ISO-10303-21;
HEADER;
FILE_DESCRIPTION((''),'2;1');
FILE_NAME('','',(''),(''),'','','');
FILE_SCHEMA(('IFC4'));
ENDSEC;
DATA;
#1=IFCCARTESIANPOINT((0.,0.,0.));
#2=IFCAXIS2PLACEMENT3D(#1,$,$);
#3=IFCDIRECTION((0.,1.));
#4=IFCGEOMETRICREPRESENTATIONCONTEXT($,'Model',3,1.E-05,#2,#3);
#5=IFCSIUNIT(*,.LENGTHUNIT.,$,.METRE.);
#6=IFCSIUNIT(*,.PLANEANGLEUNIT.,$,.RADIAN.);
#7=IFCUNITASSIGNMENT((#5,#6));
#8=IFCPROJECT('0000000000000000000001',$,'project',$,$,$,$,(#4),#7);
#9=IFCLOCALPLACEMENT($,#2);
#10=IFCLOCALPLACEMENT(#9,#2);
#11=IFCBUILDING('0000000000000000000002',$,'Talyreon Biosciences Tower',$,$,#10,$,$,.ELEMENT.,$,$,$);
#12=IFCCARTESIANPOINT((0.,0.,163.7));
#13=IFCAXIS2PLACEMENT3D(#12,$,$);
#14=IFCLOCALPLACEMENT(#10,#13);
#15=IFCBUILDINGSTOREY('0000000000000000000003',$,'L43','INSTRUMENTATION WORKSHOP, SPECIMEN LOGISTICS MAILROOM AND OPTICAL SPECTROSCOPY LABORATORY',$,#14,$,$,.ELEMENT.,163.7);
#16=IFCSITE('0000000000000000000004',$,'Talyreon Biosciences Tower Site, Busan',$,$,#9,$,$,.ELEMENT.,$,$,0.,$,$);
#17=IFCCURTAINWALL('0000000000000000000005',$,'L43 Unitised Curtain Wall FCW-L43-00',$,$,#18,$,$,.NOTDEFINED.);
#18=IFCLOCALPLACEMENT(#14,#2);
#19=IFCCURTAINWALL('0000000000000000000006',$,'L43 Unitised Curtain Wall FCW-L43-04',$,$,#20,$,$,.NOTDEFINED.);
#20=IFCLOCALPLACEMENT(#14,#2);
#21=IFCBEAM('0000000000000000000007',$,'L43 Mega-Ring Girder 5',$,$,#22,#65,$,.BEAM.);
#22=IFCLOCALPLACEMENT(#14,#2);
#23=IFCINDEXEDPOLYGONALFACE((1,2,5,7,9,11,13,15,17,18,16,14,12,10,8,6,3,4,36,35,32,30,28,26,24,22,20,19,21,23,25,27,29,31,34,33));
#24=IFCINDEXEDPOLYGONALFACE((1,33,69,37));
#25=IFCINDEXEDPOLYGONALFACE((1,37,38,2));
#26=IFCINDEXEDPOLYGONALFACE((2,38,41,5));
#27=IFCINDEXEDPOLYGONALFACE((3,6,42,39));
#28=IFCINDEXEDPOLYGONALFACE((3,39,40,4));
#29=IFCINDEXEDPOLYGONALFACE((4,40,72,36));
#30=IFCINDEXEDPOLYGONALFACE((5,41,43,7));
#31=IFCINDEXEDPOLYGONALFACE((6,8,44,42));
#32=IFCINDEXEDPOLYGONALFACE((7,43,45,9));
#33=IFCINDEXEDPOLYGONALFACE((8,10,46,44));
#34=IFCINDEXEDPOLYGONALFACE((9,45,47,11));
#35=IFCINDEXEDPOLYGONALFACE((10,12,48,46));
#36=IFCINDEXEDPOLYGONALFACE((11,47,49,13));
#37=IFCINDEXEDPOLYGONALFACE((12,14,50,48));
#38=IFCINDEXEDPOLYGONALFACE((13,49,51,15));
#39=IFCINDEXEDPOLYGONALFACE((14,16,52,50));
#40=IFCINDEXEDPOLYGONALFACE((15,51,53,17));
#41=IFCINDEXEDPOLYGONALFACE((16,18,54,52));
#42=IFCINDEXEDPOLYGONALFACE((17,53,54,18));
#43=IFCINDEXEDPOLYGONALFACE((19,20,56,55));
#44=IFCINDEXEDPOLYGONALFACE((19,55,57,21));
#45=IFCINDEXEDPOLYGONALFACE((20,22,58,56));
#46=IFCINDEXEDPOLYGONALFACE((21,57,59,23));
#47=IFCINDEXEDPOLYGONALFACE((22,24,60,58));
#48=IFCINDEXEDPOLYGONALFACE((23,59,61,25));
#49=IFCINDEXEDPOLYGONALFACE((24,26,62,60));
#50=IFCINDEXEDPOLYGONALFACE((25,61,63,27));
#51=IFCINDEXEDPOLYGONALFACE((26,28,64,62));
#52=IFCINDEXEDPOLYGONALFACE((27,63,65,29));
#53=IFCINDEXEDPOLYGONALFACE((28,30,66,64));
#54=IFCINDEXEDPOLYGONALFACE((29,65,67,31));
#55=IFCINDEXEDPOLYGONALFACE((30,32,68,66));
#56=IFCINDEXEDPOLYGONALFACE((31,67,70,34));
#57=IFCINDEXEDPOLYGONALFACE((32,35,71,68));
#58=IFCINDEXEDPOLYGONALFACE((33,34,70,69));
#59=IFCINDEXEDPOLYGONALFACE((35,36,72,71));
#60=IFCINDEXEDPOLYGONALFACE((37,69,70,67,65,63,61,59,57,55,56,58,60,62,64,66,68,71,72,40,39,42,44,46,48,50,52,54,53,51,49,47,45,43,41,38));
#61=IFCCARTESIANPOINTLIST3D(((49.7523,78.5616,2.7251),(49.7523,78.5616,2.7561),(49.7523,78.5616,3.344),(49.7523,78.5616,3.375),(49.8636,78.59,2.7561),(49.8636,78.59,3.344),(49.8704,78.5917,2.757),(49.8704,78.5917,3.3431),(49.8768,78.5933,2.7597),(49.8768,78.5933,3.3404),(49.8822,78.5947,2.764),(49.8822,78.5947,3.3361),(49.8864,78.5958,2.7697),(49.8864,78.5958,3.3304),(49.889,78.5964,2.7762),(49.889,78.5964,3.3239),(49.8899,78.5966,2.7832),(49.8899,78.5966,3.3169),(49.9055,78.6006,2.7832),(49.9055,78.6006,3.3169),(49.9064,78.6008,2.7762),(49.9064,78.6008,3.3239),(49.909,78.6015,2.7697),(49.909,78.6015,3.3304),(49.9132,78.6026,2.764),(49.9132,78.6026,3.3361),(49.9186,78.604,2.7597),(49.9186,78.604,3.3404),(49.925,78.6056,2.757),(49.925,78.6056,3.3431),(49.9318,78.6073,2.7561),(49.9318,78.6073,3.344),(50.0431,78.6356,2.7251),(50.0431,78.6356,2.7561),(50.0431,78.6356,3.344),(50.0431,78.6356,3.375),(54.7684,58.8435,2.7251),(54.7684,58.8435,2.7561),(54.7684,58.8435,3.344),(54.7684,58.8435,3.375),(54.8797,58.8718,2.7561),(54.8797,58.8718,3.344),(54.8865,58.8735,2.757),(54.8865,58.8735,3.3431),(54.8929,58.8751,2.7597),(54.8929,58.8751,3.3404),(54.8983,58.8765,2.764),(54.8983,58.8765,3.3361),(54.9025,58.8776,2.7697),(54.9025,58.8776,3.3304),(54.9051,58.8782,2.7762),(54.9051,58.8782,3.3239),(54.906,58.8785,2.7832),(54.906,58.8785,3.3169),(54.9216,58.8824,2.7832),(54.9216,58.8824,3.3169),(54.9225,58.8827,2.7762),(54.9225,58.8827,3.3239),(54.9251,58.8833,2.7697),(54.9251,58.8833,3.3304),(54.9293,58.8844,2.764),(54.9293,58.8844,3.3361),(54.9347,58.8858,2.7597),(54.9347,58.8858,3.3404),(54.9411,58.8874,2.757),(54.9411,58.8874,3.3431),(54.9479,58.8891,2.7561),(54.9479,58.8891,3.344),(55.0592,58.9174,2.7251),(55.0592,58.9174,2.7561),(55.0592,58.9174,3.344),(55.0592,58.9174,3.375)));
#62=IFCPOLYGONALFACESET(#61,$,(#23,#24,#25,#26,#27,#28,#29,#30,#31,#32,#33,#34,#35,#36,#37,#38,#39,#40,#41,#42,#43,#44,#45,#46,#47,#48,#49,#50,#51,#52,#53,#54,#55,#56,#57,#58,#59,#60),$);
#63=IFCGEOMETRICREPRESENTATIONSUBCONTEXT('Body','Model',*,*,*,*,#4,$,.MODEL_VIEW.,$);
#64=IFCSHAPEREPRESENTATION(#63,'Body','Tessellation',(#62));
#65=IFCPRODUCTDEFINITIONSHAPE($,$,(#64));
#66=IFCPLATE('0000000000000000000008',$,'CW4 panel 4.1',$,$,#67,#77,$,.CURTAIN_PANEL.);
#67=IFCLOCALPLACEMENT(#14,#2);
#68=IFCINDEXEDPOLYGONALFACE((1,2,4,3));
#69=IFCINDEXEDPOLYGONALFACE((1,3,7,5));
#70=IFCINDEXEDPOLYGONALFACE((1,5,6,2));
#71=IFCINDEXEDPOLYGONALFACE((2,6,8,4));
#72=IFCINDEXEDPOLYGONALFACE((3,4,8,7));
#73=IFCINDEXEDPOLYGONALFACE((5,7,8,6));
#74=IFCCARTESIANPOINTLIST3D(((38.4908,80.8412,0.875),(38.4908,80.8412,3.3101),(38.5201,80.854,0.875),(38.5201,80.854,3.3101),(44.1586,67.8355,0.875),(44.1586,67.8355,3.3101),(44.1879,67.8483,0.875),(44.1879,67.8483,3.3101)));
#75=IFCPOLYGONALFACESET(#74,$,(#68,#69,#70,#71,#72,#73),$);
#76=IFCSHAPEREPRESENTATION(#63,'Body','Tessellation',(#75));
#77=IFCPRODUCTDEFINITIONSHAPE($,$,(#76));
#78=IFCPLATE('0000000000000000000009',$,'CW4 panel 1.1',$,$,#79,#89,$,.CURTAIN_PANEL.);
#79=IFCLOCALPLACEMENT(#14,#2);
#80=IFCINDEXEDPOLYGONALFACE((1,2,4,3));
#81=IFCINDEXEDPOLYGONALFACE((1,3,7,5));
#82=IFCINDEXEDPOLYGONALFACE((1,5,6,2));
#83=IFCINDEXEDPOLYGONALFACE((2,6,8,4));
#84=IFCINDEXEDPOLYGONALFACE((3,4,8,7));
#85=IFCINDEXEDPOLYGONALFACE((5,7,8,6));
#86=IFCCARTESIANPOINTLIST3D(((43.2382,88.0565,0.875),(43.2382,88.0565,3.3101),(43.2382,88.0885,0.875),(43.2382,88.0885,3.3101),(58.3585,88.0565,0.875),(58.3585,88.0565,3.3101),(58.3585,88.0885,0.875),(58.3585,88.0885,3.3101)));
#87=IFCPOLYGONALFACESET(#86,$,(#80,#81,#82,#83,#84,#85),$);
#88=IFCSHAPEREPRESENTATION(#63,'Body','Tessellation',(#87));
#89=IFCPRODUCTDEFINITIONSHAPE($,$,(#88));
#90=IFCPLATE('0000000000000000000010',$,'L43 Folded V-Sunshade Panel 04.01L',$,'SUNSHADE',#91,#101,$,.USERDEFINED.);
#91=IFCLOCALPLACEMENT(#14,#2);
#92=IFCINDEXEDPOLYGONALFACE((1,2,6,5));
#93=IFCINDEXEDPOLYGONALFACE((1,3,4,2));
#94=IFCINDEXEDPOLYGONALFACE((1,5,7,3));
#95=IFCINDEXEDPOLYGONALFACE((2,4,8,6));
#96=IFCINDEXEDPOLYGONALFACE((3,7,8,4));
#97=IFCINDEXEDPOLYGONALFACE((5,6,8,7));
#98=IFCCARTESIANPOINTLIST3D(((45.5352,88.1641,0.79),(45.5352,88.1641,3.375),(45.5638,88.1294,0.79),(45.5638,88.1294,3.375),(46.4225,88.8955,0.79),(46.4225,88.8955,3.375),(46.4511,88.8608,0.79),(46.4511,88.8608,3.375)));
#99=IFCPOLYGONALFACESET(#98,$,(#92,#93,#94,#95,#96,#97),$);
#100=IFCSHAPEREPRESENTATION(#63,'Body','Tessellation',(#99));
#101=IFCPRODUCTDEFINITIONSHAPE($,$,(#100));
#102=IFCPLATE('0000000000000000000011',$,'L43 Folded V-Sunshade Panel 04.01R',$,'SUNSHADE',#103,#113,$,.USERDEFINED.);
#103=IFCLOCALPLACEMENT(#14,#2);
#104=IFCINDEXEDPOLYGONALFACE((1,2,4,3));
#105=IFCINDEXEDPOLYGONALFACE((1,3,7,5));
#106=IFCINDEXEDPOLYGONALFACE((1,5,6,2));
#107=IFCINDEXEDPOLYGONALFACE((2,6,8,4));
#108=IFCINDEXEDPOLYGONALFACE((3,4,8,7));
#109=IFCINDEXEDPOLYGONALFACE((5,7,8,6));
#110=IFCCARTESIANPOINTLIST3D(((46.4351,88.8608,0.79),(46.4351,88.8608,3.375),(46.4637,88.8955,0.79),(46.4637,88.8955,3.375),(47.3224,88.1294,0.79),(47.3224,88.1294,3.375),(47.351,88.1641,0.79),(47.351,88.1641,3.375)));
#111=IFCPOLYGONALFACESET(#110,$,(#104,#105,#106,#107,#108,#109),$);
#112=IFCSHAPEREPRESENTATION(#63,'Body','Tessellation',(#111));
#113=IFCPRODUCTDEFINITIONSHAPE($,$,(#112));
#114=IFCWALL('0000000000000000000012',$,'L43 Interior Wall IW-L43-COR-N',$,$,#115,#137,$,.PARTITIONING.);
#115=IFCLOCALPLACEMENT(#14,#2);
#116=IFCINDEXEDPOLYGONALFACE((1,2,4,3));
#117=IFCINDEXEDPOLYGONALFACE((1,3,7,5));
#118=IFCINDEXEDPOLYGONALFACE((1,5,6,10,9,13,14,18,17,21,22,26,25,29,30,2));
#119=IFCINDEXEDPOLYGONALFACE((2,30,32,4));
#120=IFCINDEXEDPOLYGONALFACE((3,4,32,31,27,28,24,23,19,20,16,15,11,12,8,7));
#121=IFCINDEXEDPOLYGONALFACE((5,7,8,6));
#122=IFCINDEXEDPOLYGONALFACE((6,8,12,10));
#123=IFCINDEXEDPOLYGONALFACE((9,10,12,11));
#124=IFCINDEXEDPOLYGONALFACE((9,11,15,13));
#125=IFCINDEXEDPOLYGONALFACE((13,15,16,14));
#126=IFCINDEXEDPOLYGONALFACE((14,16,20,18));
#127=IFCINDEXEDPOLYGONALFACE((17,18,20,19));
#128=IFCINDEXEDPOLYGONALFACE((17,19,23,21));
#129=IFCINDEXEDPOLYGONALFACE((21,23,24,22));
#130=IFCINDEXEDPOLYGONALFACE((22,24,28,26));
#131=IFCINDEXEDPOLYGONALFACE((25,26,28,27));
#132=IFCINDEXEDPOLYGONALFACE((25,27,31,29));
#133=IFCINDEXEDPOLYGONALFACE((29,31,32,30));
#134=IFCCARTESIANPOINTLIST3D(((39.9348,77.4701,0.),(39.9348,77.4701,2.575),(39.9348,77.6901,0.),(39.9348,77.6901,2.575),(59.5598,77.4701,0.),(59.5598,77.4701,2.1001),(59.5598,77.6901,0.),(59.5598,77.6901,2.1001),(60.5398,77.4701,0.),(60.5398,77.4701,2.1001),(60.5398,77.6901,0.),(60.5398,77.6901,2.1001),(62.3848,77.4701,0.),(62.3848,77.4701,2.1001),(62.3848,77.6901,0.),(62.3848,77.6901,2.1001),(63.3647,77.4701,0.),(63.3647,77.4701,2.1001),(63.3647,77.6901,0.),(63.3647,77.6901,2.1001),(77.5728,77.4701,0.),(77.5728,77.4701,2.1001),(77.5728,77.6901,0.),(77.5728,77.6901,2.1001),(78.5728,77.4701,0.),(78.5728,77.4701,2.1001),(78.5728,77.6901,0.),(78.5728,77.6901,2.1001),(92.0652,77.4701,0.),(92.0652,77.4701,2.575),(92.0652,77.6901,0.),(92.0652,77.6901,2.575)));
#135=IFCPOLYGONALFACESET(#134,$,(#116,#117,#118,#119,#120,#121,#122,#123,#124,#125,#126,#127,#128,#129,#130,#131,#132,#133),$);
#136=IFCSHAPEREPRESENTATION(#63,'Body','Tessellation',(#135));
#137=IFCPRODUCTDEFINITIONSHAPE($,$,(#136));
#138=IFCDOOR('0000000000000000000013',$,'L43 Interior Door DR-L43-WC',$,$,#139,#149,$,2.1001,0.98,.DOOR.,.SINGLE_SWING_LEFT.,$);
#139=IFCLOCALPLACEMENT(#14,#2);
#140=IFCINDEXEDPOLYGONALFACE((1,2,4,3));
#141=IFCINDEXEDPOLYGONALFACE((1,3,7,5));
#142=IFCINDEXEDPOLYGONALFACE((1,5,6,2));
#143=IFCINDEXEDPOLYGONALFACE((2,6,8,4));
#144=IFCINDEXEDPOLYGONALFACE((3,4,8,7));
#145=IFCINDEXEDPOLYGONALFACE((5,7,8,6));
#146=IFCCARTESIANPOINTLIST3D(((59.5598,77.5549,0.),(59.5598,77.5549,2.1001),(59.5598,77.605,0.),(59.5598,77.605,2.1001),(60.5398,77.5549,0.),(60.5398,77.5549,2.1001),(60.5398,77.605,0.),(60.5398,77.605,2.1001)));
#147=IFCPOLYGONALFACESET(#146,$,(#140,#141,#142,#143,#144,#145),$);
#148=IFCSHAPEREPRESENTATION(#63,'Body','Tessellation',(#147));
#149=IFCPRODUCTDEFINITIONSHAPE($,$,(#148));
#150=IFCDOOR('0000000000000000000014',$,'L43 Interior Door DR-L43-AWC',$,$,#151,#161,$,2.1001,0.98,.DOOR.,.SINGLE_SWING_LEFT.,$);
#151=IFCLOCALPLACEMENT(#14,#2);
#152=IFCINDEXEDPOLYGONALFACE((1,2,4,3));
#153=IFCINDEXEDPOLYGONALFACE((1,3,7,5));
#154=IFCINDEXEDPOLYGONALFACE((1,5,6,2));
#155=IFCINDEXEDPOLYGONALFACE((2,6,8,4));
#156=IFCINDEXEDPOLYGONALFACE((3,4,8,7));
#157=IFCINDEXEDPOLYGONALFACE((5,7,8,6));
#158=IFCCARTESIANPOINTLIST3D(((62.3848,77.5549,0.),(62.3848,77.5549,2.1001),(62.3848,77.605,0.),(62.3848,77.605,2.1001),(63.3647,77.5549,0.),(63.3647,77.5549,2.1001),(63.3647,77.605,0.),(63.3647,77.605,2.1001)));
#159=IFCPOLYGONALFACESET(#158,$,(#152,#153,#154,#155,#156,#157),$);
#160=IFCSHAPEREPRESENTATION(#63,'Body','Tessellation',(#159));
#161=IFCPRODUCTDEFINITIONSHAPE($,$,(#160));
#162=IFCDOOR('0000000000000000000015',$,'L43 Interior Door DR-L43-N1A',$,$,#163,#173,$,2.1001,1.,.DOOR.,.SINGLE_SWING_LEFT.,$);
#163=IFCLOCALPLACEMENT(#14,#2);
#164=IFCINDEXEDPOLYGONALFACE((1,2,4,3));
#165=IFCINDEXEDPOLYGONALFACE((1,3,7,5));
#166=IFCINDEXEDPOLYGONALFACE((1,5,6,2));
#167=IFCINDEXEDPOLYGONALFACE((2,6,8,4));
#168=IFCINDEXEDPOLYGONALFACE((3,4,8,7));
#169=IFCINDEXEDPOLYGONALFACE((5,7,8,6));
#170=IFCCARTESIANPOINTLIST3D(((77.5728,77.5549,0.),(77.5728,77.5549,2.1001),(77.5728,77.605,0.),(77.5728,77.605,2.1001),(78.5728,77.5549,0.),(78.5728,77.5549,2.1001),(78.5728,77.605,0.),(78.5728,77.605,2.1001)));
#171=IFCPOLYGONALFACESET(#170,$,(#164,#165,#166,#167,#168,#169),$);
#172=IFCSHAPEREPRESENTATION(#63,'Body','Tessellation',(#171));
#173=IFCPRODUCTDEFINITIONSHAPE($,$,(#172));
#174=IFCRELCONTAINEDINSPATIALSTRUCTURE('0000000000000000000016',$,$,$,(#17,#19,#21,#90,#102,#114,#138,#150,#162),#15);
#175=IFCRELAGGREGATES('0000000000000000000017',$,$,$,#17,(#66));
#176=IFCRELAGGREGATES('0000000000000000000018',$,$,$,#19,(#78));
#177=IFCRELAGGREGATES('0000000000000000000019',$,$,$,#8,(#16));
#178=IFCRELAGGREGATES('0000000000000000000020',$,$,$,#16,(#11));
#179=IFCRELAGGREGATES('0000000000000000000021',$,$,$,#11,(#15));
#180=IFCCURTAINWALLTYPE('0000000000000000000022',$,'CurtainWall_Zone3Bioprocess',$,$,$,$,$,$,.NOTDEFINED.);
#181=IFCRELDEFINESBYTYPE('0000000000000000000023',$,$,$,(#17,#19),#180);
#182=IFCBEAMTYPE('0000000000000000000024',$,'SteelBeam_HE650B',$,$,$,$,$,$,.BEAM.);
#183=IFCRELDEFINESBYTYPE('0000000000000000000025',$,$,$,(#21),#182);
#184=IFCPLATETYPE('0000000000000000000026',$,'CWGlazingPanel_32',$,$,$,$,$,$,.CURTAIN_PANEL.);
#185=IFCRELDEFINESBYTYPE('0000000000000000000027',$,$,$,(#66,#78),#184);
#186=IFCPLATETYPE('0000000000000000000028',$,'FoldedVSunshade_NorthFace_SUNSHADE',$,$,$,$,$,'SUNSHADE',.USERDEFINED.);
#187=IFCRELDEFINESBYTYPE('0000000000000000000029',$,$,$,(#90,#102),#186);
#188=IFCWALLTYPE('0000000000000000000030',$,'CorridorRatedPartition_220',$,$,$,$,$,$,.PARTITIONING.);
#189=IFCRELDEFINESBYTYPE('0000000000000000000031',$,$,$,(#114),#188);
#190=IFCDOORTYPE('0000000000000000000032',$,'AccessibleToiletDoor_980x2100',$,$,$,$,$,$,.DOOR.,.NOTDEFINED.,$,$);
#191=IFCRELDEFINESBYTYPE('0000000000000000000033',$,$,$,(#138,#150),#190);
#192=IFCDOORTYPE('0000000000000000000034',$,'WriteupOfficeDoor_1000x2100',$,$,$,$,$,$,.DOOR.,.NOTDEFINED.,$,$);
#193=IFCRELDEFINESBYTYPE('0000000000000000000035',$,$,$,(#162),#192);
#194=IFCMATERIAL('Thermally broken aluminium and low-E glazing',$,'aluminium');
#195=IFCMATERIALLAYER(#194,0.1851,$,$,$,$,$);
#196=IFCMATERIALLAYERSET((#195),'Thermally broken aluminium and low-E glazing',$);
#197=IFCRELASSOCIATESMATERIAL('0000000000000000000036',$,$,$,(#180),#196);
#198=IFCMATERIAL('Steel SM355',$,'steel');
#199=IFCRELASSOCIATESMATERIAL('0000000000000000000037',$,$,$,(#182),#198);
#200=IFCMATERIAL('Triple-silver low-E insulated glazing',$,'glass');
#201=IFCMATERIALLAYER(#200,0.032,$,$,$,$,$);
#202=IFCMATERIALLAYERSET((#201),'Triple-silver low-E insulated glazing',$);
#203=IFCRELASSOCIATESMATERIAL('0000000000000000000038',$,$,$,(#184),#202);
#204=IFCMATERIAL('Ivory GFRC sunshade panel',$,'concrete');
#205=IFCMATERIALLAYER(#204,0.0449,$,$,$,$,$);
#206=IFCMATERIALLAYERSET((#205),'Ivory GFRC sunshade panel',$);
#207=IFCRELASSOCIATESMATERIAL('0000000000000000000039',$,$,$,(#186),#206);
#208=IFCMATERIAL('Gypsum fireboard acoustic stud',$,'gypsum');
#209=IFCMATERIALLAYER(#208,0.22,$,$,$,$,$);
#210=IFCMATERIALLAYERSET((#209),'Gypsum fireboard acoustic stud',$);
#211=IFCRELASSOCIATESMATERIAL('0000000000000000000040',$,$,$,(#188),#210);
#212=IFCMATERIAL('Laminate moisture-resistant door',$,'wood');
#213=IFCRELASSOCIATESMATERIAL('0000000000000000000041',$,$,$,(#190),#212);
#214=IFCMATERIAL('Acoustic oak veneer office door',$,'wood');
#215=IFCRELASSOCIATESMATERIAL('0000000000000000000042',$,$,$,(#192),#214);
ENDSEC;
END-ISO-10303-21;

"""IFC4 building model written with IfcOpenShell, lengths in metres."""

from ifc_helpers import new_model, si_unit, direction, frame, frame_2d, origin, origin_2d, place, context, subcontext, project, spatial, rectangle, i_section, extrude, material, layer, layer_set, material_profile, profile_set, type_object, element, fill, aggregate, save


model = new_model("IFC4")

# Units and contexts
model_context = context("Model", 3, precision=1e-05, world=origin(), true_north=direction((0.0, 1.0)))
body_context = subcontext(model_context, "Body", "Model", "MODEL_VIEW")
ifc_project = project(units=[si_unit("LENGTHUNIT", "METRE"), si_unit("PLANEANGLEUNIT", "RADIAN")], contexts=[model_context])

# Site, building, storey
site_placement = place(None, origin())
site = spatial("IfcSite", under=ifc_project, at=site_placement, Name="Talyreon Biosciences Tower Site, Busan", CompositionType="ELEMENT", RefElevation=0.0)
building_placement = place(site_placement, origin())
building = spatial("IfcBuilding", under=site, at=building_placement, Name="Talyreon Biosciences Tower", CompositionType="ELEMENT")
storey_placement = place(building_placement, frame((0.0, 0.0, 163.7)))
storey = spatial("IfcBuildingStorey", under=building, at=storey_placement, Name="L43", Description="INSTRUMENTATION WORKSHOP, SPECIMEN LOGISTICS MAILROOM AND OPTICAL SPECTROSCOPY LABORATORY", CompositionType="ELEMENT", Elevation=163.7)

# Curtain wall
ifc_material_1 = material(Name="Thermally broken aluminium and low-E glazing", Category="aluminium")
ifc_layer_1 = layer(ifc_material_1, 0.1851)
ifc_layer_set_1 = layer_set([ifc_layer_1], Name="Thermally broken aluminium and low-E glazing")
curtain_wall_type = type_object("IfcCurtainWallType", Name="CurtainWall_Zone3Bioprocess", PredefinedType="NOTDEFINED", material=ifc_layer_set_1)
curtain_wall_1_placement = place(storey_placement, origin())
curtain_wall_1 = element("IfcCurtainWall", 1, at=curtain_wall_1_placement, inside=storey, type_object=curtain_wall_type, Name="L43 Unitised Curtain Wall FCW-L43-00", PredefinedType="NOTDEFINED")

# Curtain wall
curtain_wall_2_placement = place(storey_placement, origin())
curtain_wall_2 = element("IfcCurtainWall", 2, at=curtain_wall_2_placement, inside=storey, type_object=curtain_wall_type, Name="L43 Unitised Curtain Wall FCW-L43-04", PredefinedType="NOTDEFINED")

# Beam
ifc_material_2 = material(Name="Steel SM355", Category="steel")
ifc_material_profile_1 = material_profile(ifc_material_2, i_section(OverallWidth=0.3, OverallDepth=0.6499, WebThickness=0.0161, FlangeThickness=0.031, FilletRadius=0.0271, at=origin_2d()), Name="HE650B")
ifc_profile_set_1 = profile_set([ifc_material_profile_1], Name="Steel SM355")
beam_type_1 = type_object("IfcBeamType", Name="SteelBeam_HE650B", PredefinedType="BEAM", material=ifc_profile_set_1)
beam_1_placement = place(storey_placement, frame((49.8977, 78.5986, 3.05), z_axis=(0.246537, -0.969133, 0.0), x_axis=(0.969133, 0.246537, 0.0)))
element("IfcBeam", 3, at=beam_1_placement, inside=storey, type_object=beam_type_1, Name="L43 Mega-Ring Girder 5", PredefinedType="BEAM", context=body_context, shape_type="SweptSolid", body=[
    extrude(i_section(OverallWidth=0.3, OverallDepth=0.6499, WebThickness=0.0161, FlangeThickness=0.031, FilletRadius=0.0271, at=origin_2d()), origin(), (0.0, 0.0, 1.0), 20.3462),
])

# Plates
ifc_material_3 = material(Name="Triple-silver low-E insulated glazing", Category="glass")
ifc_layer_2 = layer(ifc_material_3, 0.032)
ifc_layer_set_2 = layer_set([ifc_layer_2], Name="Triple-silver low-E insulated glazing")
plate_type_1 = type_object("IfcPlateType", Name="CWGlazingPanel_32", PredefinedType="CURTAIN_PANEL", material=ifc_layer_set_2)
plate_1_placement = place(storey_placement, frame((41.3394, 74.3447, 0.875), z_axis=(0.0, 0.0, 1.0), x_axis=(-0.399505, 0.916731, 0.0)))
plate_1 = element("IfcPlate", 4, at=plate_1_placement, type_object=plate_type_1, Name="CW4 panel 4.1", PredefinedType="CURTAIN_PANEL", context=body_context, shape_type="SweptSolid", body=[
    extrude(rectangle(XDim=14.187, YDim=0.032, at=origin_2d()), origin(), (0.0, 0.0, 1.0), 2.4351),
])
aggregate(curtain_wall_1, [plate_1])
plate_2_placement = place(storey_placement, frame((50.7983, 88.0725, 0.875), z_axis=(0.0, 0.0, 1.0), x_axis=(1.0, 0.0, 0.0)))
plate_2 = element("IfcPlate", 5, at=plate_2_placement, type_object=plate_type_1, Name="CW4 panel 1.1", PredefinedType="CURTAIN_PANEL", context=body_context, shape_type="SweptSolid", body=[
    extrude(rectangle(XDim=15.1204, YDim=0.032, at=origin_2d()), origin(), (0.0, 0.0, 1.0), 2.4351),
])
aggregate(curtain_wall_2, [plate_2])

# Plates
ifc_material_4 = material(Name="Ivory GFRC sunshade panel", Category="concrete")
ifc_layer_3 = layer(ifc_material_4, 0.0449)
ifc_layer_set_3 = layer_set([ifc_layer_3], Name="Ivory GFRC sunshade panel")
plate_type_2 = type_object("IfcPlateType", Name="FoldedVSunshade_NorthFace_SUNSHADE", ElementType="SUNSHADE", PredefinedType="USERDEFINED", material=ifc_layer_set_3)
for number, where, z_axis, x_axis, name in (
    (6, (45.9932, 88.5125, 0.79), (0.0, 0.0, 1.0), (0.771625, 0.636078, 0.0), "L43 Folded V-Sunshade Panel 04.01L"),
    (7, (46.8931, 88.5125, 0.79), (0.0, 0.0, 1.0), (0.771625, -0.636078, 0.0), "L43 Folded V-Sunshade Panel 04.01R"),
):
    element("IfcPlate", number, at=place(storey_placement, frame(where, z_axis=z_axis, x_axis=x_axis)), inside=storey, type_object=plate_type_2, Name=name, ObjectType="SUNSHADE", PredefinedType="USERDEFINED", context=body_context, shape_type="SweptSolid", body=[
        extrude(rectangle(XDim=1.1499, YDim=0.0449, at=origin_2d()), origin(), (0.0, 0.0, 1.0), 2.585),
    ])

# Wall, openings, doors
ifc_material_5 = material(Name="Gypsum fireboard acoustic stud", Category="gypsum")
ifc_layer_4 = layer(ifc_material_5, 0.22)
ifc_layer_set_4 = layer_set([ifc_layer_4], Name="Gypsum fireboard acoustic stud")
wall_type_1 = type_object("IfcWallType", Name="CorridorRatedPartition_220", PredefinedType="PARTITIONING", material=ifc_layer_set_4)
wall_1_placement = place(storey_placement, frame((39.9348, 77.5801, 0.0), z_axis=(0.0, 0.0, 1.0), x_axis=(1.0, 0.0, 0.0)))
wall_1 = element("IfcWall", 8, at=wall_1_placement, inside=storey, type_object=wall_type_1, Name="L43 Interior Wall IW-L43-COR-N", PredefinedType="PARTITIONING", context=body_context, shape_type="SweptSolid", body=[
    extrude(rectangle(XDim=52.1304, YDim=0.22, at=frame_2d((26.0652, 0.0))), origin(), (0.0, 0.0, 1.0), 2.575),
])
opening_1_placement = place(wall_1_placement, frame((19.625, 0.0, 0.0)))
opening_1 = element("IfcOpeningElement", 9, at=opening_1_placement, cuts=wall_1, PredefinedType="OPENING", context=body_context, shape_type="SweptSolid", body=[
    extrude(rectangle(XDim=0.98, YDim=2.1001, at=frame_2d((0.49, 1.05))), frame((0.0, 0.1199, 0.0), z_axis=(0.0, -1.0, 0.0), x_axis=(1.0, 0.0, 0.0)), (0.0, 0.0, 1.0), 0.24),
])
opening_2_placement = place(wall_1_placement, frame((22.45, 0.0, 0.0)))
opening_2 = element("IfcOpeningElement", 10, at=opening_2_placement, cuts=wall_1, PredefinedType="OPENING", context=body_context, shape_type="SweptSolid", body=[
    extrude(rectangle(XDim=0.98, YDim=2.1001, at=frame_2d((0.49, 1.05))), frame((0.0, 0.1199, 0.0), z_axis=(0.0, -1.0, 0.0), x_axis=(1.0, 0.0, 0.0)), (0.0, 0.0, 1.0), 0.24),
])
opening_3_placement = place(wall_1_placement, frame((37.6379, 0.0, 0.0)))
opening_3 = element("IfcOpeningElement", 11, at=opening_3_placement, cuts=wall_1, PredefinedType="OPENING", context=body_context, shape_type="SweptSolid", body=[
    extrude(rectangle(XDim=1.0, YDim=2.1001, at=frame_2d((0.5, 1.05))), frame((0.0, 0.1199, 0.0), z_axis=(0.0, -1.0, 0.0), x_axis=(1.0, 0.0, 0.0)), (0.0, 0.0, 1.0), 0.24),
])
ifc_material_6 = material(Name="Laminate moisture-resistant door", Category="wood")
door_type_1 = type_object("IfcDoorType", Name="AccessibleToiletDoor_980x2100", OperationType="NOTDEFINED", PredefinedType="DOOR", material=ifc_material_6)
door_1_placement = place(opening_1_placement, origin())
door_1 = element("IfcDoor", 12, at=door_1_placement, inside=storey, type_object=door_type_1, Name="L43 Interior Door DR-L43-WC", OperationType="SINGLE_SWING_LEFT", OverallHeight=2.1001, OverallWidth=0.98, PredefinedType="DOOR", context=body_context, shape_type="SweptSolid", body=[
    extrude(rectangle(XDim=0.98, YDim=2.1001, at=frame_2d((0.49, 1.05))), frame((0.0, 0.0249, 0.0), z_axis=(0.0, -1.0, 0.0), x_axis=(1.0, 0.0, 0.0)), (0.0, 0.0, 1.0), 0.05),
])
fill(opening_1, door_1)
door_2_placement = place(opening_2_placement, origin())
door_2 = element("IfcDoor", 13, at=door_2_placement, inside=storey, type_object=door_type_1, Name="L43 Interior Door DR-L43-AWC", OperationType="SINGLE_SWING_LEFT", OverallHeight=2.1001, OverallWidth=0.98, PredefinedType="DOOR", context=body_context, shape_type="SweptSolid", body=[
    extrude(rectangle(XDim=0.98, YDim=2.1001, at=frame_2d((0.49, 1.05))), frame((0.0, 0.0249, 0.0), z_axis=(0.0, -1.0, 0.0), x_axis=(1.0, 0.0, 0.0)), (0.0, 0.0, 1.0), 0.05),
])
fill(opening_2, door_2)
ifc_material_7 = material(Name="Acoustic oak veneer office door", Category="wood")
door_type_2 = type_object("IfcDoorType", Name="WriteupOfficeDoor_1000x2100", OperationType="NOTDEFINED", PredefinedType="DOOR", material=ifc_material_7)
door_3_placement = place(opening_3_placement, origin())
door_3 = element("IfcDoor", 14, at=door_3_placement, inside=storey, type_object=door_type_2, Name="L43 Interior Door DR-L43-N1A", OperationType="SINGLE_SWING_LEFT", OverallHeight=2.1001, OverallWidth=1.0, PredefinedType="DOOR", context=body_context, shape_type="SweptSolid", body=[
    extrude(rectangle(XDim=1.0, YDim=2.1001, at=frame_2d((0.5, 1.05))), frame((0.0, 0.0249, 0.0), z_axis=(0.0, -1.0, 0.0), x_axis=(1.0, 0.0, 0.0)), (0.0, 0.0, 1.0), 0.05),
])
fill(opening_3, door_3)

save(model, "model.ifc")
